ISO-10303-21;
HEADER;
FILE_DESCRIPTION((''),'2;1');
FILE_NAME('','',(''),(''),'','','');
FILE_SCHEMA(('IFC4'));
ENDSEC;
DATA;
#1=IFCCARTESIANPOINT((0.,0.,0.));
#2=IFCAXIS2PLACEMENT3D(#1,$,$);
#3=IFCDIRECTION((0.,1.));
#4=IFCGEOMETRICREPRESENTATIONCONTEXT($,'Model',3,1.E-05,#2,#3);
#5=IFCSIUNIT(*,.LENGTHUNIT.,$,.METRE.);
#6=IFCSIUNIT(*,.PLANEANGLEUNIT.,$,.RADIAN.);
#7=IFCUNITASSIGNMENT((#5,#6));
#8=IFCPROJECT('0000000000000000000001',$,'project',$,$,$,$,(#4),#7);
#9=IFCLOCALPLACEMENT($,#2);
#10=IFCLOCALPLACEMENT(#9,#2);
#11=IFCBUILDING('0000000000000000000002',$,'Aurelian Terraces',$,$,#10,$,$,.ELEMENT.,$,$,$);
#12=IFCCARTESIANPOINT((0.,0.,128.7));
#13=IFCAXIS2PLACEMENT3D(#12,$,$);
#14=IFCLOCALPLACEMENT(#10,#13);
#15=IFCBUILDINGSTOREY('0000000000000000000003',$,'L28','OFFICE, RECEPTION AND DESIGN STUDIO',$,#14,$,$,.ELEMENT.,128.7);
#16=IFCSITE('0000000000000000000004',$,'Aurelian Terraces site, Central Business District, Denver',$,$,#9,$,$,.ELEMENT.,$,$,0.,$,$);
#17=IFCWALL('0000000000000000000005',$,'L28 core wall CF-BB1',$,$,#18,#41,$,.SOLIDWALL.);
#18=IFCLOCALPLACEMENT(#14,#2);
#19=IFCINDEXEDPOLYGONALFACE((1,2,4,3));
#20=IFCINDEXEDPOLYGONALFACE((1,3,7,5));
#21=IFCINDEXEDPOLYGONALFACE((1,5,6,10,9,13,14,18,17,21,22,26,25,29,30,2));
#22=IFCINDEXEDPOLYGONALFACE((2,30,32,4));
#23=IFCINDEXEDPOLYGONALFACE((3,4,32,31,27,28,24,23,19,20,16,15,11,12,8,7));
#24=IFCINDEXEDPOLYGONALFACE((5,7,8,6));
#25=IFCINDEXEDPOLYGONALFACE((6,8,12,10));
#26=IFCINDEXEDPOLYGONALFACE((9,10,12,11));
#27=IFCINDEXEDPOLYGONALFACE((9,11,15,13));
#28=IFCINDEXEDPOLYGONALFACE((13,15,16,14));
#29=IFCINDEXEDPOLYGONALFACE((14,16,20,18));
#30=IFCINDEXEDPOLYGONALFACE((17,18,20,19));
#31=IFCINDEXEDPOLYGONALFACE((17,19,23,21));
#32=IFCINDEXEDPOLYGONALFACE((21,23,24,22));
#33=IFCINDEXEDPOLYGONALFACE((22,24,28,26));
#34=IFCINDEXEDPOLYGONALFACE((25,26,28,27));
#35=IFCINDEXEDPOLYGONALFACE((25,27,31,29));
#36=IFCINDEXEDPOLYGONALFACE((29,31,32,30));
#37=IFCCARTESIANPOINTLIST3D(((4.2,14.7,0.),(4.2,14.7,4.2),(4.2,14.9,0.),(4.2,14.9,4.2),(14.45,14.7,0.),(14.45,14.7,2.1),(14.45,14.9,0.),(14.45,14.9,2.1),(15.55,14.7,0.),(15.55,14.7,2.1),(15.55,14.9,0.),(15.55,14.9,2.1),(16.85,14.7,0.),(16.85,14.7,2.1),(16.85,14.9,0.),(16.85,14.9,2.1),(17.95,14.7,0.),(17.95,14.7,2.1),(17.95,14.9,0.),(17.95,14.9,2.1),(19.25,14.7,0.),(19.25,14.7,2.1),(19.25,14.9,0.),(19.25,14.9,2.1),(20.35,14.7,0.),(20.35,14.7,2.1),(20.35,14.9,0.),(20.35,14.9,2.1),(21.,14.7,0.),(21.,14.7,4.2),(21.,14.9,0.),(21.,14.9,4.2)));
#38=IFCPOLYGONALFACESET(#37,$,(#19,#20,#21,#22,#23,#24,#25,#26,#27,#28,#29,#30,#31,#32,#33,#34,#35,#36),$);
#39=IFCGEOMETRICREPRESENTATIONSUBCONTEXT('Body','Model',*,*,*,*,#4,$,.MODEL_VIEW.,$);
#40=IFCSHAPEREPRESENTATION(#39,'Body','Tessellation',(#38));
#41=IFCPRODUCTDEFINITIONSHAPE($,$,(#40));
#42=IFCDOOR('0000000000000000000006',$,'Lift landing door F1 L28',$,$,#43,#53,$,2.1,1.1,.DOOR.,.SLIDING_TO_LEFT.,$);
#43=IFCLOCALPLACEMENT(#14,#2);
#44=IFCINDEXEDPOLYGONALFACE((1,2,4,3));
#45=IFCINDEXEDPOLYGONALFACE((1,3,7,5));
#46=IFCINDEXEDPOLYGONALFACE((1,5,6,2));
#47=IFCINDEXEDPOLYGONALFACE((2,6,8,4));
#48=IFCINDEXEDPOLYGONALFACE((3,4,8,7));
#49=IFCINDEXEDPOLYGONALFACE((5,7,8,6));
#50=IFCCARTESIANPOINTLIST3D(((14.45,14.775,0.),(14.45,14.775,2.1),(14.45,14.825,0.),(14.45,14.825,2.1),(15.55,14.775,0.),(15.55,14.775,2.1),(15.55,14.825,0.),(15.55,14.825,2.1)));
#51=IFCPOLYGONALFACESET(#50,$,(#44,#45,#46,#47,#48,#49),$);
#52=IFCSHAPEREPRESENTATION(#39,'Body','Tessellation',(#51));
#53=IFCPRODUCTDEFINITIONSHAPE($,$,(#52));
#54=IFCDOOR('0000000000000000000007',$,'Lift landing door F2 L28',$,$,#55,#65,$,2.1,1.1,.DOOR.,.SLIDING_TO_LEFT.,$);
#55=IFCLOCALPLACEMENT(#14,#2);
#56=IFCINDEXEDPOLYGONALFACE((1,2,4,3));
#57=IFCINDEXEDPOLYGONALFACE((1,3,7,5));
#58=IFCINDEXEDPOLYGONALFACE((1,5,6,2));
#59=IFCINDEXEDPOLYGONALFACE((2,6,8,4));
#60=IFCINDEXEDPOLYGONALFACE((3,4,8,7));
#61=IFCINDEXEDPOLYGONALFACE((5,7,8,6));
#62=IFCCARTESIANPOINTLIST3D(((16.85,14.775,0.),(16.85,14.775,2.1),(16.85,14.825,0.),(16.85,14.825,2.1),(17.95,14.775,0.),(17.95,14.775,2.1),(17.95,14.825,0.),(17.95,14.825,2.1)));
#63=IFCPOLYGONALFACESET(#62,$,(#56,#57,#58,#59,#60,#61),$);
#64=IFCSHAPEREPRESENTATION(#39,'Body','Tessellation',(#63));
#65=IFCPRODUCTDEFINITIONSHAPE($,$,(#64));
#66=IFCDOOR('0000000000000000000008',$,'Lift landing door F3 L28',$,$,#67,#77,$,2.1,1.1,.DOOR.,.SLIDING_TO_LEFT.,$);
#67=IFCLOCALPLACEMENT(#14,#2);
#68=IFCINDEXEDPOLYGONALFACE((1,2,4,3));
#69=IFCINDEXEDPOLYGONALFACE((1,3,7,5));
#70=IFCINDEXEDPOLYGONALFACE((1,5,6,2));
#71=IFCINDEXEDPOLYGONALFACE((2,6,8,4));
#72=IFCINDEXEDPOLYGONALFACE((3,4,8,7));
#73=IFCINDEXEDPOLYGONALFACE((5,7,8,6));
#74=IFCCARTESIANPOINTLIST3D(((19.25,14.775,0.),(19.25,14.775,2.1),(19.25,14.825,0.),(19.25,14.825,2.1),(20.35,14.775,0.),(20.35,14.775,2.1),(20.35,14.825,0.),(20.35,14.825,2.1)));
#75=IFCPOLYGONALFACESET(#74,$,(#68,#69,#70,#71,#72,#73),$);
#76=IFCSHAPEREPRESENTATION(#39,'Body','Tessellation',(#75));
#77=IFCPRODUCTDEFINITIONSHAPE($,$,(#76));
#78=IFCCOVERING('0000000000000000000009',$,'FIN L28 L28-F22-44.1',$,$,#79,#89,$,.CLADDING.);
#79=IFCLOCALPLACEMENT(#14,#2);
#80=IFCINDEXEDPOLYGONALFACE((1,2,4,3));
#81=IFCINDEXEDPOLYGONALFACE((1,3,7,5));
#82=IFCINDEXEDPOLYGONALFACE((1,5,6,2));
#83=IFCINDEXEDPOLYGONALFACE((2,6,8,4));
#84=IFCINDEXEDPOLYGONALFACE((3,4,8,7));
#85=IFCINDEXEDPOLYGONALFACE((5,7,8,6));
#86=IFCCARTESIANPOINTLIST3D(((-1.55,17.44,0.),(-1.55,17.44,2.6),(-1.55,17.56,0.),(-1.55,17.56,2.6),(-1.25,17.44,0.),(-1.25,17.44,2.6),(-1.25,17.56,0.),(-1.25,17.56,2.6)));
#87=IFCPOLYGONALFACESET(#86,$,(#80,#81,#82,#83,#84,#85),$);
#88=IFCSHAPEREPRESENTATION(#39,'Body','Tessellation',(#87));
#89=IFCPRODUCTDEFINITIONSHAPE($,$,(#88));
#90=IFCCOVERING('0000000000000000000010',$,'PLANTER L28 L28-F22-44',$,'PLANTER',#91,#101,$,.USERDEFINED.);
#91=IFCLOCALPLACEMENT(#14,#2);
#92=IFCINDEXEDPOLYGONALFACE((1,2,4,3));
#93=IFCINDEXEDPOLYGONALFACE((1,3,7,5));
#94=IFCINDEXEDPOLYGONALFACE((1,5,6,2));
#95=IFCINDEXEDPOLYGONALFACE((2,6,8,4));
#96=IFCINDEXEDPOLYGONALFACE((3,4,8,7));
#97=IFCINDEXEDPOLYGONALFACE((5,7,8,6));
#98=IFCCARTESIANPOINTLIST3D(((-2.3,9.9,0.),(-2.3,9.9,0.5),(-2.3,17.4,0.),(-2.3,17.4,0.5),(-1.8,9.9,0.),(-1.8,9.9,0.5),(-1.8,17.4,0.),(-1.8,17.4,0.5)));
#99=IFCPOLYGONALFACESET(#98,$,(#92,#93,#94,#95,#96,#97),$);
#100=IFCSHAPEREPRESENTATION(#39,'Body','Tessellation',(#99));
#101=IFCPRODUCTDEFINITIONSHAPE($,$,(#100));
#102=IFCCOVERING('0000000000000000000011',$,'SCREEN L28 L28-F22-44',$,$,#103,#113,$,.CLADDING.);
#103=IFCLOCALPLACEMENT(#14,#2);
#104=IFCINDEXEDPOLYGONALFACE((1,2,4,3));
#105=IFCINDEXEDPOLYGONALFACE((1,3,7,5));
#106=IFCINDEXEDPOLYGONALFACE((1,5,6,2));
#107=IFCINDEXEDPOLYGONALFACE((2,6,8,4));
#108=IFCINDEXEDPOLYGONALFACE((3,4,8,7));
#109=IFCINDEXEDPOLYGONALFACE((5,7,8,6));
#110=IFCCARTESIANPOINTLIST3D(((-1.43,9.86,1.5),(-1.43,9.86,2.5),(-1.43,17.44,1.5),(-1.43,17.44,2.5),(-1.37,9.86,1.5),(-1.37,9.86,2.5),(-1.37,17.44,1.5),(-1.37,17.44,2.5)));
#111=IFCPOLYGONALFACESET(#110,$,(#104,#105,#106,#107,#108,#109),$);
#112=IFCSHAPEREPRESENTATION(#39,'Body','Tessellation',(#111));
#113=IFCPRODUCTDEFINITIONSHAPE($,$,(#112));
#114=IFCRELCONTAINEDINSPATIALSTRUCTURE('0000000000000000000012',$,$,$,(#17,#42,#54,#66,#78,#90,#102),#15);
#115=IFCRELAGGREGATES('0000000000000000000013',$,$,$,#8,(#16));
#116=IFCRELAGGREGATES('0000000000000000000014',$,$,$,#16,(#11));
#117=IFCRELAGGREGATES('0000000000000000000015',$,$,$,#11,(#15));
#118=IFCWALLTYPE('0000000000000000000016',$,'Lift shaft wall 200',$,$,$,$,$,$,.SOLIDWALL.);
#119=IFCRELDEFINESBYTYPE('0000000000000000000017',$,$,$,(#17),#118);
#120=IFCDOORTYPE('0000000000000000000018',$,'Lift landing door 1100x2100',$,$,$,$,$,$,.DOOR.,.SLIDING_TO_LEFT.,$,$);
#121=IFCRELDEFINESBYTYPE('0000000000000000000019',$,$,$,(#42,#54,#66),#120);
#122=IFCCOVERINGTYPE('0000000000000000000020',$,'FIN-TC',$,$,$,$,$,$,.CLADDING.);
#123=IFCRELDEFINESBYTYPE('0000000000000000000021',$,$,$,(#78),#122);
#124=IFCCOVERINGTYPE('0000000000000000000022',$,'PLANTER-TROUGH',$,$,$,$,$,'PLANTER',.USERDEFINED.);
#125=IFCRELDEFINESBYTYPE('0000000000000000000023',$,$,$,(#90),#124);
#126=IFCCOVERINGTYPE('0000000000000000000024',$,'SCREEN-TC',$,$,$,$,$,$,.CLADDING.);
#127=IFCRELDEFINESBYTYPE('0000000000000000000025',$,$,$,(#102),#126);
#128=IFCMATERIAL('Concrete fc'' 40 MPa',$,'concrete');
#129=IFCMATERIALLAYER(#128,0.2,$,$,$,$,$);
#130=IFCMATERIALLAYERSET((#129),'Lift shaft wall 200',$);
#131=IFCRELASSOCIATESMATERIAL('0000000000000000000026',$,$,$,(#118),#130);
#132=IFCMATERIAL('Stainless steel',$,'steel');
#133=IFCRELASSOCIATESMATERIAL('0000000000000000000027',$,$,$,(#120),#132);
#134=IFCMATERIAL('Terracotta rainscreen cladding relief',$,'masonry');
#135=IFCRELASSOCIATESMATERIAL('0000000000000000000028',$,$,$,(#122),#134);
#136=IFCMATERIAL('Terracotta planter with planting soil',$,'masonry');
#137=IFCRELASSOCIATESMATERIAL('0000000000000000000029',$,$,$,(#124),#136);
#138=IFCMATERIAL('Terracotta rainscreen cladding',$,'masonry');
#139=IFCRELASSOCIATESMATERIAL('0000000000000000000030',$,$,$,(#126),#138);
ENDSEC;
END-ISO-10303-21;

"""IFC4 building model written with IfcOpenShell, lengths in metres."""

from ifc_helpers import new_model, si_unit, direction, frame, frame_2d, origin, origin_2d, place, context, subcontext, project, spatial, rectangle, extrude, source, transform, mapped, material, layer, layer_set, type_object, element, fill, save


model = new_model("IFC4")

# Units and contexts
model_context = context("Model", 3, precision=1e-05, world=origin(), true_north=direction((0.0, 1.0)))
body_context = subcontext(model_context, "Body", "Model", "MODEL_VIEW")
ifc_project = project(units=[si_unit("LENGTHUNIT", "METRE"), si_unit("PLANEANGLEUNIT", "RADIAN")], contexts=[model_context])

# Site, building, storey
site_placement = place(None, origin())
site = spatial("IfcSite", under=ifc_project, at=site_placement, Name="Aurelian Terraces site, Central Business District, Denver", CompositionType="ELEMENT", RefElevation=0.0)
building_placement = place(site_placement, origin())
building = spatial("IfcBuilding", under=site, at=building_placement, Name="Aurelian Terraces", CompositionType="ELEMENT")
storey_placement = place(building_placement, frame((0.0, 0.0, 128.7)))
storey = spatial("IfcBuildingStorey", under=building, at=storey_placement, Name="L28", Description="OFFICE, RECEPTION AND DESIGN STUDIO", CompositionType="ELEMENT", Elevation=128.7)

# Shared definitions
ifc_material_1 = material(Name="Concrete fc' 40 MPa", Category="concrete")

# Shared definitions
ifc_material_2 = material(Name="Terracotta rainscreen cladding", Category="masonry")

# Wall, openings, doors
ifc_layer_1 = layer(ifc_material_1, 0.2)
ifc_layer_set_1 = layer_set([ifc_layer_1], Name="Lift shaft wall 200")
wall_type_1 = type_object("IfcWallType", Name="Lift shaft wall 200", PredefinedType="SOLIDWALL", material=ifc_layer_set_1)
shared_shape_1 = source(origin(), body_context, "Body", "SweptSolid", [
    extrude(rectangle(XDim=16.8, YDim=0.2, at=frame_2d((8.4, 0.0))), origin(), (0.0, 0.0, 1.0), 4.2),
])
shared_shape_2 = source(origin(), body_context, "Body", "SweptSolid", [
    extrude(rectangle(XDim=1.1, YDim=2.1, at=frame_2d((0.55, 1.05))), frame((0.0, 0.11, 0.0), z_axis=(0.0, -1.0, 0.0), x_axis=(1.0, 0.0, 0.0)), (0.0, 0.0, 1.0), 0.22),
])
ifc_material_3 = material(Name="Stainless steel", Category="steel")
door_type_1 = type_object("IfcDoorType", Name="Lift landing door 1100x2100", OperationType="SLIDING_TO_LEFT", PredefinedType="DOOR", material=ifc_material_3)
shared_shape_3 = source(origin(), body_context, "Body", "SweptSolid", [
    extrude(rectangle(XDim=1.1, YDim=2.1, at=frame_2d((0.55, 1.05))), frame((0.0, 0.025, 0.0), z_axis=(0.0, -1.0, 0.0), x_axis=(1.0, 0.0, 0.0)), (0.0, 0.0, 1.0), 0.05),
])
wall_1_placement = place(storey_placement, frame((4.2, 14.8, 0.0), z_axis=(0.0, 0.0, 1.0), x_axis=(1.0, 0.0, 0.0)))
wall_1 = element("IfcWall", 1, at=wall_1_placement, inside=storey, type_object=wall_type_1, Name="L28 core wall CF-BB1", PredefinedType="SOLIDWALL", context=body_context, shape_type="MappedRepresentation", body=[
    mapped(shared_shape_1, transform((0.0, 0.0, 0.0), scale=1.0)),
])
opening_1_placement = place(wall_1_placement, frame((10.25, 0.0, 0.0)))
opening_1 = element("IfcOpeningElement", 2, at=opening_1_placement, cuts=wall_1, PredefinedType="OPENING", context=body_context, shape_type="MappedRepresentation", body=[
    mapped(shared_shape_2, transform((0.0, 0.0, 0.0), scale=1.0)),
])
opening_2_placement = place(wall_1_placement, frame((12.65, 0.0, 0.0)))
opening_2 = element("IfcOpeningElement", 3, at=opening_2_placement, cuts=wall_1, PredefinedType="OPENING", context=body_context, shape_type="MappedRepresentation", body=[
    mapped(shared_shape_2, transform((0.0, 0.0, 0.0), scale=1.0)),
])
opening_3_placement = place(wall_1_placement, frame((15.05, 0.0, 0.0)))
opening_3 = element("IfcOpeningElement", 4, at=opening_3_placement, cuts=wall_1, PredefinedType="OPENING", context=body_context, shape_type="MappedRepresentation", body=[
    mapped(shared_shape_2, transform((0.0, 0.0, 0.0), scale=1.0)),
])
door_1_placement = place(opening_1_placement, origin())
door_1 = element("IfcDoor", 5, at=door_1_placement, inside=storey, type_object=door_type_1, Name="Lift landing door F1 L28", OperationType="SLIDING_TO_LEFT", OverallHeight=2.1, OverallWidth=1.1, PredefinedType="DOOR", context=body_context, shape_type="MappedRepresentation", body=[
    mapped(shared_shape_3, transform((0.0, 0.0, 0.0), scale=1.0)),
])
fill(opening_1, door_1)
door_2_placement = place(opening_2_placement, origin())
door_2 = element("IfcDoor", 6, at=door_2_placement, inside=storey, type_object=door_type_1, Name="Lift landing door F2 L28", OperationType="SLIDING_TO_LEFT", OverallHeight=2.1, OverallWidth=1.1, PredefinedType="DOOR", context=body_context, shape_type="MappedRepresentation", body=[
    mapped(shared_shape_3, transform((0.0, 0.0, 0.0), scale=1.0)),
])
fill(opening_2, door_2)
door_3_placement = place(opening_3_placement, origin())
door_3 = element("IfcDoor", 7, at=door_3_placement, inside=storey, type_object=door_type_1, Name="Lift landing door F3 L28", OperationType="SLIDING_TO_LEFT", OverallHeight=2.1, OverallWidth=1.1, PredefinedType="DOOR", context=body_context, shape_type="MappedRepresentation", body=[
    mapped(shared_shape_3, transform((0.0, 0.0, 0.0), scale=1.0)),
])
fill(opening_3, door_3)

# Covering
ifc_material_4 = material(Name="Terracotta rainscreen cladding relief", Category="masonry")
covering_type_1 = type_object("IfcCoveringType", Name="FIN-TC", PredefinedType="CLADDING", material=ifc_material_4)
shared_shape_4 = source(origin(), body_context, "Body", "SweptSolid", [
    extrude(rectangle(XDim=0.3, YDim=0.12, at=origin_2d()), origin(), (0.0, 0.0, 1.0), 2.6),
])
covering_1_placement = place(storey_placement, frame((-1.4, 17.5, 0.0), z_axis=(0.0, 0.0, 1.0), x_axis=(1.0, 0.0, 0.0)))
element("IfcCovering", 8, at=covering_1_placement, inside=storey, type_object=covering_type_1, Name="FIN L28 L28-F22-44.1", PredefinedType="CLADDING", context=body_context, shape_type="MappedRepresentation", body=[
    mapped(shared_shape_4, transform((0.0, 0.0, 0.0), scale=1.0)),
])

# Coverings
ifc_material_5 = material(Name="Terracotta planter with planting soil", Category="masonry")
covering_type_2 = type_object("IfcCoveringType", Name="PLANTER-TROUGH", ElementType="PLANTER", PredefinedType="USERDEFINED", material=ifc_material_5)
shared_shape_5 = source(origin(), body_context, "Body", "SweptSolid", [
    extrude(rectangle(XDim=0.5, YDim=7.5, at=origin_2d()), origin(), (0.0, 0.0, 1.0), 0.5),
])
covering_2_placement = place(storey_placement, frame((-2.05, 13.65, 0.0), z_axis=(0.0, 0.0, 1.0), x_axis=(1.0, 0.0, 0.0)))
element("IfcCovering", 9, at=covering_2_placement, inside=storey, type_object=covering_type_2, Name="PLANTER L28 L28-F22-44", ObjectType="PLANTER", PredefinedType="USERDEFINED", context=body_context, shape_type="MappedRepresentation", body=[
    mapped(shared_shape_5, transform((0.0, 0.0, 0.0), scale=1.0)),
])
covering_type_3 = type_object("IfcCoveringType", Name="SCREEN-TC", PredefinedType="CLADDING", material=ifc_material_2)
shared_shape_6 = source(origin(), body_context, "Body", "SweptSolid", [
    extrude(rectangle(XDim=0.06, YDim=7.58, at=origin_2d()), origin(), (0.0, 0.0, 1.0), 1.0),
])
covering_3_placement = place(storey_placement, frame((-1.4, 13.65, 1.5), z_axis=(0.0, 0.0, 1.0), x_axis=(1.0, 0.0, 0.0)))
element("IfcCovering", 10, at=covering_3_placement, inside=storey, type_object=covering_type_3, Name="SCREEN L28 L28-F22-44", PredefinedType="CLADDING", context=body_context, shape_type="MappedRepresentation", body=[
    mapped(shared_shape_6, transform((0.0, 0.0, 0.0), scale=1.0)),
])

save(model, "model.ifc")
